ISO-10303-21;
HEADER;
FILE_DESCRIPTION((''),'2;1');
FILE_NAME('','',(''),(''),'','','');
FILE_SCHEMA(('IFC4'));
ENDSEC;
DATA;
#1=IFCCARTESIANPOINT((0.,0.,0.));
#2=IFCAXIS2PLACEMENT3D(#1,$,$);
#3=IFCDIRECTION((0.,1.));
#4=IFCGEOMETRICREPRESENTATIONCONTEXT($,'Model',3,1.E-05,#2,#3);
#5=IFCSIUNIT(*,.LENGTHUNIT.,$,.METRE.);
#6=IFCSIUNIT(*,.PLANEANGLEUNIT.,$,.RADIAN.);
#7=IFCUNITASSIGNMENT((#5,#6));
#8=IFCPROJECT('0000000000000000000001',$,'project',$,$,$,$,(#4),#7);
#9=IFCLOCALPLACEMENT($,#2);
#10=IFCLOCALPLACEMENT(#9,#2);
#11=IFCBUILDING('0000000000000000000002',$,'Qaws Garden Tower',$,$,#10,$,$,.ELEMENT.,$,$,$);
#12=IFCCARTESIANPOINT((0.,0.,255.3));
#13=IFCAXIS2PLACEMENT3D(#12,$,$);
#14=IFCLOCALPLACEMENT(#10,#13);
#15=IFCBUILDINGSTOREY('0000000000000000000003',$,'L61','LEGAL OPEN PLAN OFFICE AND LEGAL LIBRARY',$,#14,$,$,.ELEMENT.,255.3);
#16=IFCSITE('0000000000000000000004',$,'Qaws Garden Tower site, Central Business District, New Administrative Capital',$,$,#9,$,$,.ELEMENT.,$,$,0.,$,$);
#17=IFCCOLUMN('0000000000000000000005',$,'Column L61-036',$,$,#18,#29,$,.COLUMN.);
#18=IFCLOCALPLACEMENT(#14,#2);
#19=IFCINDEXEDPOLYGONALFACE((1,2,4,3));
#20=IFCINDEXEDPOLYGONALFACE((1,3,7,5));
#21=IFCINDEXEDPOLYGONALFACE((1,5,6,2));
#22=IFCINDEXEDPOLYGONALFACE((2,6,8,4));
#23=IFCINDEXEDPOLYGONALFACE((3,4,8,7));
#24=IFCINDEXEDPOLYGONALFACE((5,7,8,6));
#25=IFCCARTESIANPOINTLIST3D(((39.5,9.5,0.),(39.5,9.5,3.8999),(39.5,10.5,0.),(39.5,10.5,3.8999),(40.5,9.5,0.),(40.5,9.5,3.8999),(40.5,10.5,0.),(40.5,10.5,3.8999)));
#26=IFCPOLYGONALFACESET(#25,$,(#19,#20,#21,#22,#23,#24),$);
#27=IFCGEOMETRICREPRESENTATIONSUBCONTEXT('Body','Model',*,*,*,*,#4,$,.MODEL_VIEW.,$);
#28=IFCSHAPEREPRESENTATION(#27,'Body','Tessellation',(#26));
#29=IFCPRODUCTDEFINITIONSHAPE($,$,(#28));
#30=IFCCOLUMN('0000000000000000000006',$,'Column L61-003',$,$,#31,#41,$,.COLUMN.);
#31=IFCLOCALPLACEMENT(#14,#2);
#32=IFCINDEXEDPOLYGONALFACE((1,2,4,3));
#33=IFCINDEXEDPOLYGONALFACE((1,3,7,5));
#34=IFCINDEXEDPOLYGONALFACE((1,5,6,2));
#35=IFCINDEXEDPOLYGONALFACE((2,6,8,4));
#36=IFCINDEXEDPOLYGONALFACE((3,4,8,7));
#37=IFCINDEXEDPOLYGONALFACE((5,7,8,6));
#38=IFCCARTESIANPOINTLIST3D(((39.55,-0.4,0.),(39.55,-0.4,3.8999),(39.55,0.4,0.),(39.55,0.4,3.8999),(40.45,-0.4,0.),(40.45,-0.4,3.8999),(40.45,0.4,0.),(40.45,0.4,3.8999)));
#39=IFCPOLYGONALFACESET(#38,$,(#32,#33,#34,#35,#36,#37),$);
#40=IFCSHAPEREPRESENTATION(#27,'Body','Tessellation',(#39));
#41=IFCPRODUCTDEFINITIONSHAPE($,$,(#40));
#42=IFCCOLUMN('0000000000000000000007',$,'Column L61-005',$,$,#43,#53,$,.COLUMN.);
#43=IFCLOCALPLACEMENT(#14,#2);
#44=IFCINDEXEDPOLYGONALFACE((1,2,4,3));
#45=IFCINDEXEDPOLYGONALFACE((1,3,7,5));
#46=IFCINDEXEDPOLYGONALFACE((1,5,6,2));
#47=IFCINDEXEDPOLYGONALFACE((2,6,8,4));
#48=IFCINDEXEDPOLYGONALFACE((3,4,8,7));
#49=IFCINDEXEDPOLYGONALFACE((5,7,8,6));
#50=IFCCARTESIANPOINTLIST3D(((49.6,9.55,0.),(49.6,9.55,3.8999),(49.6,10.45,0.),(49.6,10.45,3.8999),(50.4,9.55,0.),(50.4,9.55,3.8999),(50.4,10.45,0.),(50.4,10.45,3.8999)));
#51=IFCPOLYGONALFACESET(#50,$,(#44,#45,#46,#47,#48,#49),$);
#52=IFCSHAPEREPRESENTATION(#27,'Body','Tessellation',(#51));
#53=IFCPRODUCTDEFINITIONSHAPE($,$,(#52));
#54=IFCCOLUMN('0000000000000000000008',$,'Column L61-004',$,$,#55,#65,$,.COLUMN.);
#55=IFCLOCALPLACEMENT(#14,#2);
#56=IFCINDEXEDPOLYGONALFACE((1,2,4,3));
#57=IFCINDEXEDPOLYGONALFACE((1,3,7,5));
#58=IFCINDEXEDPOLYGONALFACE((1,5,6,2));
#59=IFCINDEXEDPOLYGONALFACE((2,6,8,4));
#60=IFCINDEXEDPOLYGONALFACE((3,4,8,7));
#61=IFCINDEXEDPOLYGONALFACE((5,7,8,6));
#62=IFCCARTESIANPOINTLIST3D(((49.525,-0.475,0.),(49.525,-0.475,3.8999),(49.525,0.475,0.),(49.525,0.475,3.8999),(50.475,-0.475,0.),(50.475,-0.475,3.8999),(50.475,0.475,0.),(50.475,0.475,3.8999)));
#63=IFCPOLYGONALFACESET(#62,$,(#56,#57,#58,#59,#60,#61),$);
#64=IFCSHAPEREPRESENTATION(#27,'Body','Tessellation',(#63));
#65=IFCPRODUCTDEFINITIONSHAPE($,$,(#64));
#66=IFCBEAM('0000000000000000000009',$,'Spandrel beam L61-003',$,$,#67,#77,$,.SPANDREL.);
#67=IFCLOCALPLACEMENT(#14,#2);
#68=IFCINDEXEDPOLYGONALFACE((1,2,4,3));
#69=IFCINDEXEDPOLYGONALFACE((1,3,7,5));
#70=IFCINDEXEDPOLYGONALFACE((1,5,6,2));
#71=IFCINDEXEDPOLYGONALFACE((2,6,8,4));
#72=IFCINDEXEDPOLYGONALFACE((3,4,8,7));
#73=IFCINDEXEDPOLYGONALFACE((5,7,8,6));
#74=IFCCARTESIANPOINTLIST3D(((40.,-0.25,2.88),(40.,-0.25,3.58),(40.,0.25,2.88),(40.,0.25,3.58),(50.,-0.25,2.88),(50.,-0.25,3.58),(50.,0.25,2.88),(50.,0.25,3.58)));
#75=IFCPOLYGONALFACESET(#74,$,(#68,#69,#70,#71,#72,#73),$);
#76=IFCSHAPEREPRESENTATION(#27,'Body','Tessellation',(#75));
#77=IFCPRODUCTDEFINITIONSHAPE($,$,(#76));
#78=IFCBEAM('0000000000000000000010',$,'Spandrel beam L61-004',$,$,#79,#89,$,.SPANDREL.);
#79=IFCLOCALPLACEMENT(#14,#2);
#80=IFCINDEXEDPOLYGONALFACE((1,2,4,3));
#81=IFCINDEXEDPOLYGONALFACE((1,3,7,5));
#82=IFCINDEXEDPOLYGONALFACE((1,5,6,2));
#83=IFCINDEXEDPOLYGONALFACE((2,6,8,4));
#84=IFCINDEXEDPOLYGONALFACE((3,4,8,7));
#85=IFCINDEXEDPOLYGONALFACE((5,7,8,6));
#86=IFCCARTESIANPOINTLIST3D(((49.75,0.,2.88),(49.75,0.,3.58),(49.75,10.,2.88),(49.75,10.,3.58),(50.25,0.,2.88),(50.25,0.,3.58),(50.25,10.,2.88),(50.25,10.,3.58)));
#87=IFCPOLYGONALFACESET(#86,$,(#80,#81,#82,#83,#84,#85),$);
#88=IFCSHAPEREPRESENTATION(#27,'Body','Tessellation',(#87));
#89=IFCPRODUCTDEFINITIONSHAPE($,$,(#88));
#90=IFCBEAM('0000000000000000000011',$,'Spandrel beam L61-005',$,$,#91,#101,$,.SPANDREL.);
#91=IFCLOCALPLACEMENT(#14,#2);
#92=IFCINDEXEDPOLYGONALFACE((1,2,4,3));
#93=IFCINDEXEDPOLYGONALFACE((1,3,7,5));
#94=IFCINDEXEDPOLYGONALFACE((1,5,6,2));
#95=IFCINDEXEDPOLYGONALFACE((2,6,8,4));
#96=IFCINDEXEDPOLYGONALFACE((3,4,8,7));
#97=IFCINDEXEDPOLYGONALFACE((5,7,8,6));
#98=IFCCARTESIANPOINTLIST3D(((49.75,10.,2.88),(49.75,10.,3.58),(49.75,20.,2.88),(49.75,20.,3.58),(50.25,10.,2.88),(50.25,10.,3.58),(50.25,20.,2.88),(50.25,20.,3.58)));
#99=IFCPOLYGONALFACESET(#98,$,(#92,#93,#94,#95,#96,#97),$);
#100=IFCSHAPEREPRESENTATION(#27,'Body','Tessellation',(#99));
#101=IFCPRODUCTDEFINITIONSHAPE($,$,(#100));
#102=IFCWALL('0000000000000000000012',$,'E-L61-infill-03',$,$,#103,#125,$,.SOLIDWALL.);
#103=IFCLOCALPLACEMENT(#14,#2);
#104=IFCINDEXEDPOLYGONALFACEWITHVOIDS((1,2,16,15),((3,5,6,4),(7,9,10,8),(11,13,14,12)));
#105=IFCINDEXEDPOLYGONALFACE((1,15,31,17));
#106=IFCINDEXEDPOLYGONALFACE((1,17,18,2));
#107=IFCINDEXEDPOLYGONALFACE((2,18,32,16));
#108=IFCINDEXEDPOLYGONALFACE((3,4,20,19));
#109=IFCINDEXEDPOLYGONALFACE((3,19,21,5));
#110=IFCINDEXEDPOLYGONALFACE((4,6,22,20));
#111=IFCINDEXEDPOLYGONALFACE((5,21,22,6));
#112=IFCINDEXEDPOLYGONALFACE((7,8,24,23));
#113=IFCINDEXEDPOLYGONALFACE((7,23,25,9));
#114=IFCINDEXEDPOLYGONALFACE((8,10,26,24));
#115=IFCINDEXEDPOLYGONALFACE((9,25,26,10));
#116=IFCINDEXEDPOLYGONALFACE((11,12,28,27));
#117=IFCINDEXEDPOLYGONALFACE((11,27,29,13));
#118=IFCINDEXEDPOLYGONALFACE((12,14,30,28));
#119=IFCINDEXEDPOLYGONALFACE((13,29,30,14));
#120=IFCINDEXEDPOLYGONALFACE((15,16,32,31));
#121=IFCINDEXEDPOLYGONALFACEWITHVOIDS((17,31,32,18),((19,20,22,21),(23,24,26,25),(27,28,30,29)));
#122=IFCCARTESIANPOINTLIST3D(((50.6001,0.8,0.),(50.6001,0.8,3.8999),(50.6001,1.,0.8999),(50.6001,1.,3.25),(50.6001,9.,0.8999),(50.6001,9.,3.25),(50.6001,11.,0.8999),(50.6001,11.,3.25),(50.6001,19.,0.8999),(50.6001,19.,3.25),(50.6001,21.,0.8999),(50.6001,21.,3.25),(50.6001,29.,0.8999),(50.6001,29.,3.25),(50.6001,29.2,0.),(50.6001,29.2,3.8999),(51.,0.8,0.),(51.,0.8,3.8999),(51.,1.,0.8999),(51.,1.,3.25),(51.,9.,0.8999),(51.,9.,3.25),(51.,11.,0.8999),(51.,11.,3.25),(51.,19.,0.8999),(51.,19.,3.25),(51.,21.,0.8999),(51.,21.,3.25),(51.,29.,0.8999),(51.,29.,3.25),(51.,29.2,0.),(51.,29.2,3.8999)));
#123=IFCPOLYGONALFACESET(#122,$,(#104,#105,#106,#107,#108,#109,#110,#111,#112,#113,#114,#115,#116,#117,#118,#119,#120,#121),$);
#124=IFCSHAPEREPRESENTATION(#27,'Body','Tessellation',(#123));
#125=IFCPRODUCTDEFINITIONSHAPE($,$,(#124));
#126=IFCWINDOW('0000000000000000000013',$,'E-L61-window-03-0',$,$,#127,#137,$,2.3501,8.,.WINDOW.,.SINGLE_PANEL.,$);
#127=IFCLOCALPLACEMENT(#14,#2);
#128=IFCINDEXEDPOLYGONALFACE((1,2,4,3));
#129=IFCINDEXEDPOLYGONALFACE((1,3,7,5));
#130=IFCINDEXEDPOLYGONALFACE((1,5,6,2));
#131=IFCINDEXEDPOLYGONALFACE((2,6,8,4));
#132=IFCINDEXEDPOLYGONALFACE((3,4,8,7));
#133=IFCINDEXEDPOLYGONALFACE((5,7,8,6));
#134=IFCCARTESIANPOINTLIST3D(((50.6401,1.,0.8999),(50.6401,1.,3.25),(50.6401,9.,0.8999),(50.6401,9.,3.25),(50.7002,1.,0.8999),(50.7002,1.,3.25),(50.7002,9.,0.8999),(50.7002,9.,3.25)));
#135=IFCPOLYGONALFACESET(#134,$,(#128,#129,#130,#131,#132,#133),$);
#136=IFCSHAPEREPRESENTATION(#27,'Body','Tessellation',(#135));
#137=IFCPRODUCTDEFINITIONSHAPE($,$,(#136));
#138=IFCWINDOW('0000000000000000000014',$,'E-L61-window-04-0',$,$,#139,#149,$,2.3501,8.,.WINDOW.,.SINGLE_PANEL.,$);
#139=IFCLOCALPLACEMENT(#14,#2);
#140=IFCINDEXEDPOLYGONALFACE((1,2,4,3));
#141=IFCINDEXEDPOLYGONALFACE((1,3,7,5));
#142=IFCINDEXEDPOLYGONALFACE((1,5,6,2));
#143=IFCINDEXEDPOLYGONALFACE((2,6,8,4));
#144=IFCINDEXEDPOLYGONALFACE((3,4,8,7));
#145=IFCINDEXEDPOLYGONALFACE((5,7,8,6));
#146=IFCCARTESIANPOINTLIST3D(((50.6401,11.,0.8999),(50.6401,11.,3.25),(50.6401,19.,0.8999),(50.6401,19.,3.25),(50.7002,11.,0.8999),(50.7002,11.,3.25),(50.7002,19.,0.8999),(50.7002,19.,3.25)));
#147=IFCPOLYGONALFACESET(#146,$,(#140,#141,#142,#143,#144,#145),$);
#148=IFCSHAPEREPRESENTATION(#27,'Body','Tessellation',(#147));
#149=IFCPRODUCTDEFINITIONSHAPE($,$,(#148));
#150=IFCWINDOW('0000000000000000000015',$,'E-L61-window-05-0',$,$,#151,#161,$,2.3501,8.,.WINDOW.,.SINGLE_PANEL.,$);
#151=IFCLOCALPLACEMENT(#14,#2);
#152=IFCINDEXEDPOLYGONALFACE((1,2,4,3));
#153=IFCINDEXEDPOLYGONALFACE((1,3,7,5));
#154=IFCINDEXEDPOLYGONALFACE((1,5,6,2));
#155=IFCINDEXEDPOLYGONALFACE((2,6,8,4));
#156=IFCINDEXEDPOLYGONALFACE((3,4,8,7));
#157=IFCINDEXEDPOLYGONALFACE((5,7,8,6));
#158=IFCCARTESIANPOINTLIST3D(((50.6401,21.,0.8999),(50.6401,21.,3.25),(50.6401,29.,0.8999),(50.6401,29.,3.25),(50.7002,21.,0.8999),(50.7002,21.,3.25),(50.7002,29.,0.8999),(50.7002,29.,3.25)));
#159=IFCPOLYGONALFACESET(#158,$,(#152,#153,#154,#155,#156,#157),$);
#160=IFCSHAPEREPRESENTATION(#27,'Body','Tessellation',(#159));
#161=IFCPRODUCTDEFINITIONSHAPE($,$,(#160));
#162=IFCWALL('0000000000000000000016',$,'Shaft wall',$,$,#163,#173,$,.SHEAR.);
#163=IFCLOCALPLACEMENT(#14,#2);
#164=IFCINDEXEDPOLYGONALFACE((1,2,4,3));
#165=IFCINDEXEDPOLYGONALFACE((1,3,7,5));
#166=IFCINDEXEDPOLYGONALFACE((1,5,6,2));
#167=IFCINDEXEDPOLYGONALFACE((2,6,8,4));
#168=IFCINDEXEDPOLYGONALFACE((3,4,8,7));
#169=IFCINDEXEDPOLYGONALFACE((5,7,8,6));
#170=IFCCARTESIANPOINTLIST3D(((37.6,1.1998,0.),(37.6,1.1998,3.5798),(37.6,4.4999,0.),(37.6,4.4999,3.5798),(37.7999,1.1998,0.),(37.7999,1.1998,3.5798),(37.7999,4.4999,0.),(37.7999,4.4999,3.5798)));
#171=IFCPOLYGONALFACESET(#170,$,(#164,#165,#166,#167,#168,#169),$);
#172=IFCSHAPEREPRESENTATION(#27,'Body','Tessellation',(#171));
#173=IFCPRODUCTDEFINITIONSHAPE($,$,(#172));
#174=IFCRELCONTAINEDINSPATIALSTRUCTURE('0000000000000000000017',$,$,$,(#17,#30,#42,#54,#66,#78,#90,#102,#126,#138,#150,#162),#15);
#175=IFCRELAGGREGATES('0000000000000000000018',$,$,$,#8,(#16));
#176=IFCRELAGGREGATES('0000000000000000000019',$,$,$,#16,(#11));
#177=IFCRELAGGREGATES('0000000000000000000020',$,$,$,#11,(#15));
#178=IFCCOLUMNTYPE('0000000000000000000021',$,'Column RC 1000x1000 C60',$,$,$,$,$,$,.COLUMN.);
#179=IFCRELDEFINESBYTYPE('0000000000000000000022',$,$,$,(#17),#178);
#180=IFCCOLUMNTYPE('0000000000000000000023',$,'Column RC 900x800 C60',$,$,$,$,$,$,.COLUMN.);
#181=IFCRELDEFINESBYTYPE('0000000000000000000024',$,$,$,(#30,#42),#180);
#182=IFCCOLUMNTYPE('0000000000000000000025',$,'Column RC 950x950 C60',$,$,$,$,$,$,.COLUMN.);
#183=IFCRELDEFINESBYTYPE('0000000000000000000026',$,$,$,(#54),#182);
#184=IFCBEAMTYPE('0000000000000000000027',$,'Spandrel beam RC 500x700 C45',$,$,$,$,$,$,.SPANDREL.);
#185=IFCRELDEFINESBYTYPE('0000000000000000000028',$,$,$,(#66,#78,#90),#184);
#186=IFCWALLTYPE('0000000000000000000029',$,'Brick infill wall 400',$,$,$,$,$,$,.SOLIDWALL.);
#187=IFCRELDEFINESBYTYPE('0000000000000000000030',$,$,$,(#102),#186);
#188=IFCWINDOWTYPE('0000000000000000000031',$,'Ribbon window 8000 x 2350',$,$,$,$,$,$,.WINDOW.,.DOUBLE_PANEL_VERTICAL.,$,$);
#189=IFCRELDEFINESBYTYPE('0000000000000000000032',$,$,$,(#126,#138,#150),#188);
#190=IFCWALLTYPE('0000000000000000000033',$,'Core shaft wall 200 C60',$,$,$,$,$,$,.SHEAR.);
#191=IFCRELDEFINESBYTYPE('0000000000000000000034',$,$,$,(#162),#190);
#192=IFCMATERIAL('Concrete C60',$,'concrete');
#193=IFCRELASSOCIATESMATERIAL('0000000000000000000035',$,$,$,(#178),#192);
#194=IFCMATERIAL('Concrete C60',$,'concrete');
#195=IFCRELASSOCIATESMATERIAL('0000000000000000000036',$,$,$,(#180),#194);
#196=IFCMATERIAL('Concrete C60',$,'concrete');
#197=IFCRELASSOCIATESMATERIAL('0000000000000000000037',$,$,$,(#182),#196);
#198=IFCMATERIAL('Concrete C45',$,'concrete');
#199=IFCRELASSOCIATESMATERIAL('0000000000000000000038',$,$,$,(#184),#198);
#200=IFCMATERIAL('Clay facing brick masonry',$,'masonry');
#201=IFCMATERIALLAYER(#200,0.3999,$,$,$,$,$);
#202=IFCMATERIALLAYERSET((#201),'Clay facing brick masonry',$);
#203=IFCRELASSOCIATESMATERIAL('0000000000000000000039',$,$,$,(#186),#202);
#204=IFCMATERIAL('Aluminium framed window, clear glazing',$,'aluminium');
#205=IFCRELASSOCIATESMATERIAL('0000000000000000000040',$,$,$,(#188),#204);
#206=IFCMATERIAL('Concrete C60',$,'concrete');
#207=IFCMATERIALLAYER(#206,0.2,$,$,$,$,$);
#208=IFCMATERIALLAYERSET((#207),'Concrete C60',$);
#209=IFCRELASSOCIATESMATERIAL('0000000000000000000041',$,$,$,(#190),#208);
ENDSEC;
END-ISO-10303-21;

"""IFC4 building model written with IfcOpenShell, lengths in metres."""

from ifc_helpers import new_model, si_unit, direction, frame, frame_2d, origin, origin_2d, place, context, subcontext, project, spatial, rectangle, extrude, material, layer, layer_set, material_profile, profile_set, type_object, element, fill, save


model = new_model("IFC4")

# Units and contexts
model_context = context("Model", 3, precision=1e-05, world=origin(), true_north=direction((0.0, 1.0)))
body_context = subcontext(model_context, "Body", "Model", "MODEL_VIEW")
ifc_project = project(units=[si_unit("LENGTHUNIT", "METRE"), si_unit("PLANEANGLEUNIT", "RADIAN")], contexts=[model_context])

# Site, building, storey
site_placement = place(None, origin())
site = spatial("IfcSite", under=ifc_project, at=site_placement, Name="Qaws Garden Tower site, Central Business District, New Administrative Capital", CompositionType="ELEMENT", RefElevation=0.0)
building_placement = place(site_placement, origin())
building = spatial("IfcBuilding", under=site, at=building_placement, Name="Qaws Garden Tower", CompositionType="ELEMENT")
storey_placement = place(building_placement, frame((0.0, 0.0, 255.3)))
storey = spatial("IfcBuildingStorey", under=building, at=storey_placement, Name="L61", Description="LEGAL OPEN PLAN OFFICE AND LEGAL LIBRARY", CompositionType="ELEMENT", Elevation=255.3)

# Columns
ifc_material_1 = material(Name="Concrete C60", Category="concrete")
ifc_material_profile_1 = material_profile(ifc_material_1, rectangle(XDim=1.0, YDim=1.0, at=origin_2d()), Name="RC 1000x1000")
ifc_profile_set_1 = profile_set([ifc_material_profile_1], Name="Concrete C60")
column_type_1 = type_object("IfcColumnType", Name="Column RC 1000x1000 C60", PredefinedType="COLUMN", material=ifc_profile_set_1)
column_1_placement = place(storey_placement, frame((40.0, 10.0, 0.0), z_axis=(0.0, 0.0, 1.0), x_axis=(1.0, 0.0, 0.0)))
element("IfcColumn", 1, at=column_1_placement, inside=storey, type_object=column_type_1, Name="Column L61-036", PredefinedType="COLUMN", context=body_context, shape_type="SweptSolid", body=[
    extrude(rectangle(XDim=1.0, YDim=1.0, at=origin_2d()), origin(), (0.0, 0.0, 1.0), 3.8999),
])
ifc_material_2 = material(Name="Concrete C60", Category="concrete")
ifc_material_profile_2 = material_profile(ifc_material_2, rectangle(XDim=0.8999, YDim=0.8, at=origin_2d()), Name="RC 900x800")
ifc_profile_set_2 = profile_set([ifc_material_profile_2], Name="Concrete C60")
column_type_2 = type_object("IfcColumnType", Name="Column RC 900x800 C60", PredefinedType="COLUMN", material=ifc_profile_set_2)
for number, where, z_axis, x_axis, name in (
    (2, (40.0, 0.0, 0.0), (0.0, 0.0, 1.0), (1.0, 0.0, 0.0), "Column L61-003"),
    (3, (50.0, 10.0, 0.0), (0.0, 0.0, 1.0), (0.0, 1.0, 0.0), "Column L61-005"),
):
    element("IfcColumn", number, at=place(storey_placement, frame(where, z_axis=z_axis, x_axis=x_axis)), inside=storey, type_object=column_type_2, Name=name, PredefinedType="COLUMN", context=body_context, shape_type="SweptSolid", body=[
        extrude(rectangle(XDim=0.8999, YDim=0.8, at=origin_2d()), origin(), (0.0, 0.0, 1.0), 3.8999),
    ])
ifc_material_3 = material(Name="Concrete C60", Category="concrete")
ifc_material_profile_3 = material_profile(ifc_material_3, rectangle(XDim=0.95, YDim=0.95, at=origin_2d()), Name="RC 950x950")
ifc_profile_set_3 = profile_set([ifc_material_profile_3], Name="Concrete C60")
column_type_3 = type_object("IfcColumnType", Name="Column RC 950x950 C60", PredefinedType="COLUMN", material=ifc_profile_set_3)
column_2_placement = place(storey_placement, frame((50.0, 0.0, 0.0), z_axis=(0.0, 0.0, 1.0), x_axis=(1.0, 0.0, 0.0)))
element("IfcColumn", 4, at=column_2_placement, inside=storey, type_object=column_type_3, Name="Column L61-004", PredefinedType="COLUMN", context=body_context, shape_type="SweptSolid", body=[
    extrude(rectangle(XDim=0.95, YDim=0.95, at=origin_2d()), origin(), (0.0, 0.0, 1.0), 3.8999),
])

# Beams
ifc_material_4 = material(Name="Concrete C45", Category="concrete")
ifc_material_profile_4 = material_profile(ifc_material_4, rectangle(XDim=0.5, YDim=0.7, at=origin_2d()), Name="RC 500x700")
ifc_profile_set_4 = profile_set([ifc_material_profile_4], Name="Concrete C45")
beam_type = type_object("IfcBeamType", Name="Spandrel beam RC 500x700 C45", PredefinedType="SPANDREL", material=ifc_profile_set_4)
for number, where, z_axis, x_axis, name in (
    (5, (40.0, 0.0, 3.23), (1.0, 0.0, 0.0), (0.0, 1.0, 0.0), "Spandrel beam L61-003"),
    (6, (50.0, 0.0, 3.23), (0.0, 1.0, 0.0), (-1.0, 0.0, 0.0), "Spandrel beam L61-004"),
    (7, (50.0, 10.0, 3.23), (0.0, 1.0, 0.0), (-1.0, 0.0, 0.0), "Spandrel beam L61-005"),
):
    element("IfcBeam", number, at=place(storey_placement, frame(where, z_axis=z_axis, x_axis=x_axis)), inside=storey, type_object=beam_type, Name=name, PredefinedType="SPANDREL", context=body_context, shape_type="SweptSolid", body=[
        extrude(rectangle(XDim=0.5, YDim=0.7, at=origin_2d()), origin(), (0.0, 0.0, 1.0), 10.0),
    ])

# Wall, openings, windows
ifc_material_5 = material(Name="Clay facing brick masonry", Category="masonry")
ifc_layer_1 = layer(ifc_material_5, 0.3999)
ifc_layer_set_1 = layer_set([ifc_layer_1], Name="Clay facing brick masonry")
wall_type_1 = type_object("IfcWallType", Name="Brick infill wall 400", PredefinedType="SOLIDWALL", material=ifc_layer_set_1)
wall_1_placement = place(storey_placement, frame((50.8, 0.8, 0.0), z_axis=(0.0, 0.0, 1.0), x_axis=(0.0, 1.0, 0.0)))
wall_1 = element("IfcWall", 8, at=wall_1_placement, inside=storey, type_object=wall_type_1, Name="E-L61-infill-03", PredefinedType="SOLIDWALL", context=body_context, shape_type="SweptSolid", body=[
    extrude(rectangle(XDim=28.3999, YDim=0.3999, at=frame_2d((14.2, 0.0))), origin(), (0.0, 0.0, 1.0), 3.8999),
])
opening_1_placement = place(wall_1_placement, frame((0.2, 0.0, 0.8999)))
opening_1 = element("IfcOpeningElement", 9, at=opening_1_placement, cuts=wall_1, PredefinedType="OPENING", context=body_context, shape_type="SweptSolid", body=[
    extrude(rectangle(XDim=8.0, YDim=2.3501, at=frame_2d((4.0, 1.175))), frame((0.0, 0.21, 0.0), z_axis=(0.0, -1.0, 0.0), x_axis=(1.0, 0.0, 0.0)), (0.0, 0.0, 1.0), 0.4199),
])
opening_2_placement = place(wall_1_placement, frame((10.2, 0.0, 0.8999)))
opening_2 = element("IfcOpeningElement", 10, at=opening_2_placement, cuts=wall_1, PredefinedType="OPENING", context=body_context, shape_type="SweptSolid", body=[
    extrude(rectangle(XDim=8.0, YDim=2.3501, at=frame_2d((4.0, 1.175))), frame((0.0, 0.21, 0.0), z_axis=(0.0, -1.0, 0.0), x_axis=(1.0, 0.0, 0.0)), (0.0, 0.0, 1.0), 0.4199),
])
opening_3_placement = place(wall_1_placement, frame((20.2, 0.0, 0.8999)))
opening_3 = element("IfcOpeningElement", 11, at=opening_3_placement, cuts=wall_1, PredefinedType="OPENING", context=body_context, shape_type="SweptSolid", body=[
    extrude(rectangle(XDim=8.0, YDim=2.3501, at=frame_2d((4.0, 1.175))), frame((0.0, 0.21, 0.0), z_axis=(0.0, -1.0, 0.0), x_axis=(1.0, 0.0, 0.0)), (0.0, 0.0, 1.0), 0.4199),
])
ifc_material_6 = material(Name="Aluminium framed window, clear glazing", Category="aluminium")
window_type = type_object("IfcWindowType", Name="Ribbon window 8000 x 2350", PartitioningType="DOUBLE_PANEL_VERTICAL", PredefinedType="WINDOW", material=ifc_material_6)
window_1_placement = place(opening_1_placement, origin())
window_1 = element("IfcWindow", 12, at=window_1_placement, inside=storey, type_object=window_type, Name="E-L61-window-03-0", OverallHeight=2.3501, OverallWidth=8.0, PartitioningType="SINGLE_PANEL", PredefinedType="WINDOW", context=body_context, shape_type="SweptSolid", body=[
    extrude(rectangle(XDim=8.0, YDim=2.3501, at=frame_2d((4.0, 1.175))), frame((0.0, 0.1599, 0.0), z_axis=(0.0, -1.0, 0.0), x_axis=(1.0, 0.0, 0.0)), (0.0, 0.0, 1.0), 0.0601),
])
fill(opening_1, window_1)
window_2_placement = place(opening_2_placement, origin())
window_2 = element("IfcWindow", 13, at=window_2_placement, inside=storey, type_object=window_type, Name="E-L61-window-04-0", OverallHeight=2.3501, OverallWidth=8.0, PartitioningType="SINGLE_PANEL", PredefinedType="WINDOW", context=body_context, shape_type="SweptSolid", body=[
    extrude(rectangle(XDim=8.0, YDim=2.3501, at=frame_2d((4.0, 1.175))), frame((0.0, 0.1599, 0.0), z_axis=(0.0, -1.0, 0.0), x_axis=(1.0, 0.0, 0.0)), (0.0, 0.0, 1.0), 0.0601),
])
fill(opening_2, window_2)
window_3_placement = place(opening_3_placement, origin())
window_3 = element("IfcWindow", 14, at=window_3_placement, inside=storey, type_object=window_type, Name="E-L61-window-05-0", OverallHeight=2.3501, OverallWidth=8.0, PartitioningType="SINGLE_PANEL", PredefinedType="WINDOW", context=body_context, shape_type="SweptSolid", body=[
    extrude(rectangle(XDim=8.0, YDim=2.3501, at=frame_2d((4.0, 1.175))), frame((0.0, 0.1599, 0.0), z_axis=(0.0, -1.0, 0.0), x_axis=(1.0, 0.0, 0.0)), (0.0, 0.0, 1.0), 0.0601),
])
fill(opening_3, window_3)

# Wall
ifc_material_7 = material(Name="Concrete C60", Category="concrete")
ifc_layer_2 = layer(ifc_material_7, 0.2)
ifc_layer_set_2 = layer_set([ifc_layer_2], Name="Concrete C60")
wall_type_2 = type_object("IfcWallType", Name="Core shaft wall 200 C60", PredefinedType="SHEAR", material=ifc_layer_set_2)
wall_2_placement = place(storey_placement, frame((37.7, 1.2, 0.0), z_axis=(0.0, 0.0, 1.0), x_axis=(0.0, 1.0, 0.0)))
element("IfcWall", 15, at=wall_2_placement, inside=storey, type_object=wall_type_2, Name="Shaft wall", PredefinedType="SHEAR", context=body_context, shape_type="SweptSolid", body=[
    extrude(rectangle(XDim=3.3, YDim=0.2, at=frame_2d((1.6499, 0.0))), origin(), (0.0, 0.0, 1.0), 3.5798),
])

save(model, "model.ifc")
